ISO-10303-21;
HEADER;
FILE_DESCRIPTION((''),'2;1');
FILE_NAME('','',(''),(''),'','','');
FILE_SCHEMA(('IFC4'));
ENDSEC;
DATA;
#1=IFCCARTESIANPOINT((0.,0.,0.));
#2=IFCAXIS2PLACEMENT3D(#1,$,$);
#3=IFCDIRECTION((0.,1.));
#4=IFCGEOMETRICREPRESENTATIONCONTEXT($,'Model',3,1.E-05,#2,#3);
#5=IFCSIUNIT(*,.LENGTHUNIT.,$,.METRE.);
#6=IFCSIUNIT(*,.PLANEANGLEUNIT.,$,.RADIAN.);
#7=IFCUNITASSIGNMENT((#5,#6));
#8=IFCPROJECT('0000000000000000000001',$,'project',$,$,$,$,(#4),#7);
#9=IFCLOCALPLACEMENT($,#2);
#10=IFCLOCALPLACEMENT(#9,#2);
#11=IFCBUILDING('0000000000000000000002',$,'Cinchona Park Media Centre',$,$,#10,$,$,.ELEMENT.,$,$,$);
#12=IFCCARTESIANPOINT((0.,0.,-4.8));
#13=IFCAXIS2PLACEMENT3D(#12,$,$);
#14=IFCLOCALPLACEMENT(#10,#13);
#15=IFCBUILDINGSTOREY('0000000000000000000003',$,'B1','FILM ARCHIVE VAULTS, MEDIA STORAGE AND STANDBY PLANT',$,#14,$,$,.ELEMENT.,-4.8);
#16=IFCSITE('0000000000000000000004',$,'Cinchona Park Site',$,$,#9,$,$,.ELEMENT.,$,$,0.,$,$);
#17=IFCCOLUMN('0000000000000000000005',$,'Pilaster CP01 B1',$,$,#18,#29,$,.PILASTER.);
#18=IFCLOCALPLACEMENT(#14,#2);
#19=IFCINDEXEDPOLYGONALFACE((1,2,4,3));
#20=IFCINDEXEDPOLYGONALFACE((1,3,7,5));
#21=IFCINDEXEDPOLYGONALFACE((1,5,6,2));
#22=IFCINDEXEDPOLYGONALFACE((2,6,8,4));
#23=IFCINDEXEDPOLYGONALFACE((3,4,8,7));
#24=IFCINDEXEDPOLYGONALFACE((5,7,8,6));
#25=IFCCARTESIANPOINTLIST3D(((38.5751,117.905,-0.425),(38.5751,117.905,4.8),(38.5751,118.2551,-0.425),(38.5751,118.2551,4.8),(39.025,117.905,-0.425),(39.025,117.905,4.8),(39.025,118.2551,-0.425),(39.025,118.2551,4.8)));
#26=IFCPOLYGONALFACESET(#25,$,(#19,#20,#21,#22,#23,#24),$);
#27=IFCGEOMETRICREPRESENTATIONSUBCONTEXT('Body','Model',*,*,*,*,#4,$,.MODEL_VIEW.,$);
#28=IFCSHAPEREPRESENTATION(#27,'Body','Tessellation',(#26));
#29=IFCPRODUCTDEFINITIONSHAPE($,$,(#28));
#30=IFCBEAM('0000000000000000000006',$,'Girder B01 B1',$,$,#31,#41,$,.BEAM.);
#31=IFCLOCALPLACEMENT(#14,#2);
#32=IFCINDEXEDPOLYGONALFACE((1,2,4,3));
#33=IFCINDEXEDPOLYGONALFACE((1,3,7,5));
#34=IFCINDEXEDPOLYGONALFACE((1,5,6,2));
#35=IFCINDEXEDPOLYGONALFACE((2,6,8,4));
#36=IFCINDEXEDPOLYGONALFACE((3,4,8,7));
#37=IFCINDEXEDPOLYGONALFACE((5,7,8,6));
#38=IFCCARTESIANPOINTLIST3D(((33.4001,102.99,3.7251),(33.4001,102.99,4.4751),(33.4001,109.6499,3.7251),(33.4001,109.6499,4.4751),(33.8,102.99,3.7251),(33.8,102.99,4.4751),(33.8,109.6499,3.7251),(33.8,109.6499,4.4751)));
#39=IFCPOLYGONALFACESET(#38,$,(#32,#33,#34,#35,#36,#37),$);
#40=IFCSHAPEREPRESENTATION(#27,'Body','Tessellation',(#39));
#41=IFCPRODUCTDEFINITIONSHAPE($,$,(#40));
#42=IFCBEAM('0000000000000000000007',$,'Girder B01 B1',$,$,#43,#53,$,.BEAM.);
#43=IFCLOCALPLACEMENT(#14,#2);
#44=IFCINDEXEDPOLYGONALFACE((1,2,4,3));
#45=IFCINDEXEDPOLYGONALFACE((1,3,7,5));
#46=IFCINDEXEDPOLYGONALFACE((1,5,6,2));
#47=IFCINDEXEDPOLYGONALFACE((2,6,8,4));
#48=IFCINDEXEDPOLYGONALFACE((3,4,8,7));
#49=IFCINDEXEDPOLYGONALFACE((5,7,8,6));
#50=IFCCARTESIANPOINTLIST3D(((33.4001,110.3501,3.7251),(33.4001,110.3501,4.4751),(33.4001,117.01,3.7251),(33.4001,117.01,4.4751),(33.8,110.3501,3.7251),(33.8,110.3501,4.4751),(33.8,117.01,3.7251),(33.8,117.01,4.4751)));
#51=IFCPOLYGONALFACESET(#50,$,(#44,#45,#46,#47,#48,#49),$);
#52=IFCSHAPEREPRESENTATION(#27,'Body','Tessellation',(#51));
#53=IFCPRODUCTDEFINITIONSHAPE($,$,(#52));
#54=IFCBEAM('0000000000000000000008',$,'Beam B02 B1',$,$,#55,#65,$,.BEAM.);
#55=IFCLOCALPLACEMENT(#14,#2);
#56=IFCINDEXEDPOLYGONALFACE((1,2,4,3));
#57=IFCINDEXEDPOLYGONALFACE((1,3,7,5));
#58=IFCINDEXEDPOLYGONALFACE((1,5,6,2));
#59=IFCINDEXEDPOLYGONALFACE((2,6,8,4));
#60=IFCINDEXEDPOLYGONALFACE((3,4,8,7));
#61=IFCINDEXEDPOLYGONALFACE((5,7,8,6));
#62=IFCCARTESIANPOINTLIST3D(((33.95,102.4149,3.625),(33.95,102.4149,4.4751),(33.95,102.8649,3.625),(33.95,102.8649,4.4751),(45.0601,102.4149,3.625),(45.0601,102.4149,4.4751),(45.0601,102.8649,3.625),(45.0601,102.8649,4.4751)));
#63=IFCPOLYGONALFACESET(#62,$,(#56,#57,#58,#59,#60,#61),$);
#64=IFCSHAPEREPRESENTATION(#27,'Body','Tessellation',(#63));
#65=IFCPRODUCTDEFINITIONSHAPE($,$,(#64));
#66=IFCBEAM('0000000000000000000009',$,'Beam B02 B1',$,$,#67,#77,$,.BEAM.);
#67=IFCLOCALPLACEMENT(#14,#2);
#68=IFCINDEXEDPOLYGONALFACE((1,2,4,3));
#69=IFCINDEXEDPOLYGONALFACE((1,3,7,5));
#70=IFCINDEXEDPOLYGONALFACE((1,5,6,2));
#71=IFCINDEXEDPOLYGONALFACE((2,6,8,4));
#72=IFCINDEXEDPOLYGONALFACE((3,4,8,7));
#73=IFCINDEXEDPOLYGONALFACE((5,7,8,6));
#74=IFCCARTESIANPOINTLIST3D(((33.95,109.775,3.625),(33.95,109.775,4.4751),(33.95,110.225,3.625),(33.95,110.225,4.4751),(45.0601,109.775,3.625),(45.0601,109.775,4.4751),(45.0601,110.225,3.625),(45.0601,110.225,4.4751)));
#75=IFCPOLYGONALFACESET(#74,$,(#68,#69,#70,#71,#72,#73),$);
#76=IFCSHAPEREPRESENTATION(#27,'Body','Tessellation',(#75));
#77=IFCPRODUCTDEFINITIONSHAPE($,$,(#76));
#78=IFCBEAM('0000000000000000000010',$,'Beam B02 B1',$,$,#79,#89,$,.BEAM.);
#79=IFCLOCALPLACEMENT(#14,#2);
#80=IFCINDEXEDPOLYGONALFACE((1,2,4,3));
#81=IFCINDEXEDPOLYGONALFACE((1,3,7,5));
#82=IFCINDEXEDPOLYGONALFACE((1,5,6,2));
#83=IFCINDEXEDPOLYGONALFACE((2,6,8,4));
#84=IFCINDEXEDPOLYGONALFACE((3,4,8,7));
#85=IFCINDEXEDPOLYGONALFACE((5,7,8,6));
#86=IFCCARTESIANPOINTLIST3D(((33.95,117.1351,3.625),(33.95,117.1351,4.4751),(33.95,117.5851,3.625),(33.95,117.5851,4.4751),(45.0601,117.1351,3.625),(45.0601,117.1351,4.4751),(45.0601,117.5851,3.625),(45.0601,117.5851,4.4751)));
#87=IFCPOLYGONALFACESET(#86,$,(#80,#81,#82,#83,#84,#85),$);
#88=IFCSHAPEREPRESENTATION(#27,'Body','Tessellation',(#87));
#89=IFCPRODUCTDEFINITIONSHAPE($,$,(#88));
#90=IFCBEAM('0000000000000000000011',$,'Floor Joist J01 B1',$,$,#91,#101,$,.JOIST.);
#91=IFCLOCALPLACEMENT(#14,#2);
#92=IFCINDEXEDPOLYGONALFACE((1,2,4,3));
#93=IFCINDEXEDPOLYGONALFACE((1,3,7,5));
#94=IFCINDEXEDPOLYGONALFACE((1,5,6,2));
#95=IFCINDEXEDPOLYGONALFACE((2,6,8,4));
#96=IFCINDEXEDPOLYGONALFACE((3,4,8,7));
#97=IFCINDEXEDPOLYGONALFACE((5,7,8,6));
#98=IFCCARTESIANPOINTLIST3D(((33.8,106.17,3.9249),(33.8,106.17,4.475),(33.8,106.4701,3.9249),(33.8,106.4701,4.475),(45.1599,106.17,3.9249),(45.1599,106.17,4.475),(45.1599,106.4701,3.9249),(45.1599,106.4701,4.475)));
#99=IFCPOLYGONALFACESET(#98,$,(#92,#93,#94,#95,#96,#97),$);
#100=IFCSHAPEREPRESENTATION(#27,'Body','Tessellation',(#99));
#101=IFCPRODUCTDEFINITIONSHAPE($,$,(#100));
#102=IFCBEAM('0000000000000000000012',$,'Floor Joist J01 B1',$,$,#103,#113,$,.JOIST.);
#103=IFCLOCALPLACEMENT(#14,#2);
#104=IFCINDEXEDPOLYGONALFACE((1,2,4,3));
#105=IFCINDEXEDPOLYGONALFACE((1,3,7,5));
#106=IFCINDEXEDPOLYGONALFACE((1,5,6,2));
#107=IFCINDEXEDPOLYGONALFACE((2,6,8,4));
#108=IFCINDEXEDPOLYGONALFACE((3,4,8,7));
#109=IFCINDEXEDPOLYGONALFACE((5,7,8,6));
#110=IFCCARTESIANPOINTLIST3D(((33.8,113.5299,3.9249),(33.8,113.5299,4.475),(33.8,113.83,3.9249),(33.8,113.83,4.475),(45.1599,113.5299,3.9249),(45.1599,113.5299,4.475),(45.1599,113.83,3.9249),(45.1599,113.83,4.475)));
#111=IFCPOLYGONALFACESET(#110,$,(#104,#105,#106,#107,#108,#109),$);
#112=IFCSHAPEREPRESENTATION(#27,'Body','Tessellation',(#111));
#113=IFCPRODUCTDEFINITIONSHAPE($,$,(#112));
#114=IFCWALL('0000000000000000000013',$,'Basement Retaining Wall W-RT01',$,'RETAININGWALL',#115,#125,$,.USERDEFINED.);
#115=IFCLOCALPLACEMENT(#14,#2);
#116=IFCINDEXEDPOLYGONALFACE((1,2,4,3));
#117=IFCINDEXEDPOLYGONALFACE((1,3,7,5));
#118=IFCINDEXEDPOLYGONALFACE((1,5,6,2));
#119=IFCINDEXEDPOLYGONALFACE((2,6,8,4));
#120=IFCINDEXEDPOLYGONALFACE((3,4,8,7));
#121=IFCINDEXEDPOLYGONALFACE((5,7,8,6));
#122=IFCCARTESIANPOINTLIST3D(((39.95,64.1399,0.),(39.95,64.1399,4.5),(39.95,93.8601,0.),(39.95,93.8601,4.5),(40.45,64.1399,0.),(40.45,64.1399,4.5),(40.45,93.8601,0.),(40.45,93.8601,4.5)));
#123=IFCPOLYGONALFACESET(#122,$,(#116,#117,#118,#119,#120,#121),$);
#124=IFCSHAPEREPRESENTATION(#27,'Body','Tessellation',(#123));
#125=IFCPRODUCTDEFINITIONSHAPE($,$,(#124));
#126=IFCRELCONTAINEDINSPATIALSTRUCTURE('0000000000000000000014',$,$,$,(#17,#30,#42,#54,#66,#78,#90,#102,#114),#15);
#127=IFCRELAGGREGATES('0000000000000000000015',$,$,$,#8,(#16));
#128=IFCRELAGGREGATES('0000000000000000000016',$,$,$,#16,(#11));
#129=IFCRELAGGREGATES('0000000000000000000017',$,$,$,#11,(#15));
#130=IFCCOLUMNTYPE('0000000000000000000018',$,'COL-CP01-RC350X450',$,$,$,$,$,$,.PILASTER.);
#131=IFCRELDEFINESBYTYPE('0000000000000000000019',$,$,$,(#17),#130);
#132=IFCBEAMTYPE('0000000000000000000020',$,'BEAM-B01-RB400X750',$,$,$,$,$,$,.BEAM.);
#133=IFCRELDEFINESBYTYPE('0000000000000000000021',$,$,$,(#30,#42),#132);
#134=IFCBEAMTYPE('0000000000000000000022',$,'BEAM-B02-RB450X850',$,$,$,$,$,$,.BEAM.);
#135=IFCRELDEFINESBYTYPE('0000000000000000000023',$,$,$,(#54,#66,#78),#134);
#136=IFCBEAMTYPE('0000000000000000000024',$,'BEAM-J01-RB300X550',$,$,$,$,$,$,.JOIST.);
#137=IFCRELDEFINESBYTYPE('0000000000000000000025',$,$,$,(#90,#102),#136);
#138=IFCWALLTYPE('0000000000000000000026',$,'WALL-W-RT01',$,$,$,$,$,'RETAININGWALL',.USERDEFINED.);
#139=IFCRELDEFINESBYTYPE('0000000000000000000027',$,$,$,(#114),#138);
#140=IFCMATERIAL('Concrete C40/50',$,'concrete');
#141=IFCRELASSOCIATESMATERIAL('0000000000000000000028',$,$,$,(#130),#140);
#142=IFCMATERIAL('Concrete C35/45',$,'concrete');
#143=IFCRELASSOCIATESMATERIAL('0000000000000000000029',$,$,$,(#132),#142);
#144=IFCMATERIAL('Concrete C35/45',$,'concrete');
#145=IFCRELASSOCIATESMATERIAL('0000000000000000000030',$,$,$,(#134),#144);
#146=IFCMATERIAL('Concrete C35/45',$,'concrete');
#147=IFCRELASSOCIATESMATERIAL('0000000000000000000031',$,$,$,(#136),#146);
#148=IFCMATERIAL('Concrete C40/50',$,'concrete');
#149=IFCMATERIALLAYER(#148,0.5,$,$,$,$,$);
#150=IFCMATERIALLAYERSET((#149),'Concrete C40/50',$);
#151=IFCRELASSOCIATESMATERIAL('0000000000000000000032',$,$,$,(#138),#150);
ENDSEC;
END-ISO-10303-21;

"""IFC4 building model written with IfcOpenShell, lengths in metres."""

from ifc_helpers import new_model, si_unit, direction, frame, frame_2d, origin, origin_2d, place, context, subcontext, project, spatial, rectangle, extrude, material, layer, layer_set, material_profile, profile_set, type_object, element, save


model = new_model("IFC4")

# Units and contexts
model_context = context("Model", 3, precision=1e-05, world=origin(), true_north=direction((0.0, 1.0)))
body_context = subcontext(model_context, "Body", "Model", "MODEL_VIEW")
ifc_project = project(units=[si_unit("LENGTHUNIT", "METRE"), si_unit("PLANEANGLEUNIT", "RADIAN")], contexts=[model_context])

# Site, building, storey
site_placement = place(None, origin())
site = spatial("IfcSite", under=ifc_project, at=site_placement, Name="Cinchona Park Site", CompositionType="ELEMENT", RefElevation=0.0)
building_placement = place(site_placement, origin())
building = spatial("IfcBuilding", under=site, at=building_placement, Name="Cinchona Park Media Centre", CompositionType="ELEMENT")
storey_placement = place(building_placement, frame((0.0, 0.0, -4.8)))
storey = spatial("IfcBuildingStorey", under=building, at=storey_placement, Name="B1", Description="FILM ARCHIVE VAULTS, MEDIA STORAGE AND STANDBY PLANT", CompositionType="ELEMENT", Elevation=-4.8)

# Column
ifc_material_1 = material(Name="Concrete C40/50", Category="concrete")
ifc_material_profile_1 = material_profile(ifc_material_1, rectangle(XDim=0.3501, YDim=0.45, at=origin_2d()), Name="RC 350X450")
ifc_profile_set_1 = profile_set([ifc_material_profile_1], Name="Concrete C40/50")
column_type_1 = type_object("IfcColumnType", Name="COL-CP01-RC350X450", PredefinedType="PILASTER", material=ifc_profile_set_1)
for number, where, z_axis, x_axis, name in (
    (1, (38.8, 118.0801, -0.425), (0.0, 0.0, 1.0), (0.0, 1.0, 0.0), "Pilaster CP01 B1"),
):
    element("IfcColumn", number, at=place(storey_placement, frame(where, z_axis=z_axis, x_axis=x_axis)), inside=storey, type_object=column_type_1, Name=name, PredefinedType="PILASTER", context=body_context, shape_type="SweptSolid", body=[
        extrude(rectangle(XDim=0.3501, YDim=0.45, at=origin_2d()), origin(), (0.0, 0.0, 1.0), 5.2251),
    ])

# Beams
ifc_material_2 = material(Name="Concrete C35/45", Category="concrete")
ifc_material_profile_2 = material_profile(ifc_material_2, rectangle(XDim=0.3999, YDim=0.75, at=origin_2d()), Name="RB 400X750")
ifc_profile_set_2 = profile_set([ifc_material_profile_2], Name="Concrete C35/45")
beam_type_1 = type_object("IfcBeamType", Name="BEAM-B01-RB400X750", PredefinedType="BEAM", material=ifc_profile_set_2)
for number, where, z_axis, x_axis, name in (
    (2, (33.6001, 102.99, 4.1001), (0.0, 1.0, 0.0), (-1.0, 0.0, 0.0), "Girder B01 B1"),
    (3, (33.6001, 110.3501, 4.1001), (0.0, 1.0, 0.0), (-1.0, 0.0, 0.0), "Girder B01 B1"),
):
    element("IfcBeam", number, at=place(storey_placement, frame(where, z_axis=z_axis, x_axis=x_axis)), inside=storey, type_object=beam_type_1, Name=name, PredefinedType="BEAM", context=body_context, shape_type="SweptSolid", body=[
        extrude(rectangle(XDim=0.3999, YDim=0.75, at=origin_2d()), origin(), (0.0, 0.0, 1.0), 6.6599),
    ])
ifc_material_3 = material(Name="Concrete C35/45", Category="concrete")
ifc_material_profile_3 = material_profile(ifc_material_3, rectangle(XDim=0.45, YDim=0.8501, at=origin_2d()), Name="RB 450X850")
ifc_profile_set_3 = profile_set([ifc_material_profile_3], Name="Concrete C35/45")
beam_type_2 = type_object("IfcBeamType", Name="BEAM-B02-RB450X850", PredefinedType="BEAM", material=ifc_profile_set_3)
for number, where, z_axis, x_axis, name in (
    (4, (33.95, 102.6399, 4.05), (1.0, 0.0, 0.0), (0.0, 1.0, 0.0), "Beam B02 B1"),
    (5, (33.95, 110.0, 4.05), (1.0, 0.0, 0.0), (0.0, 1.0, 0.0), "Beam B02 B1"),
    (6, (33.95, 117.3601, 4.05), (1.0, 0.0, 0.0), (0.0, 1.0, 0.0), "Beam B02 B1"),
):
    element("IfcBeam", number, at=place(storey_placement, frame(where, z_axis=z_axis, x_axis=x_axis)), inside=storey, type_object=beam_type_2, Name=name, PredefinedType="BEAM", context=body_context, shape_type="SweptSolid", body=[
        extrude(rectangle(XDim=0.45, YDim=0.8501, at=origin_2d()), origin(), (0.0, 0.0, 1.0), 11.1101),
    ])
ifc_material_4 = material(Name="Concrete C35/45", Category="concrete")
ifc_material_profile_4 = material_profile(ifc_material_4, rectangle(XDim=0.3, YDim=0.55, at=origin_2d()), Name="RB 300X550")
ifc_profile_set_4 = profile_set([ifc_material_profile_4], Name="Concrete C35/45")
beam_type_3 = type_object("IfcBeamType", Name="BEAM-J01-RB300X550", PredefinedType="JOIST", material=ifc_profile_set_4)
for number, where, z_axis, x_axis, name in (
    (7, (33.8, 106.3201, 4.2), (1.0, 0.0, 0.0), (0.0, 1.0, 0.0), "Floor Joist J01 B1"),
    (8, (33.8, 113.6799, 4.2), (1.0, 0.0, 0.0), (0.0, 1.0, 0.0), "Floor Joist J01 B1"),
):
    element("IfcBeam", number, at=place(storey_placement, frame(where, z_axis=z_axis, x_axis=x_axis)), inside=storey, type_object=beam_type_3, Name=name, PredefinedType="JOIST", context=body_context, shape_type="SweptSolid", body=[
        extrude(rectangle(XDim=0.3, YDim=0.55, at=origin_2d()), origin(), (0.0, 0.0, 1.0), 11.3599),
    ])

# Wall
ifc_material_5 = material(Name="Concrete C40/50", Category="concrete")
ifc_layer_1 = layer(ifc_material_5, 0.5)
ifc_layer_set_1 = layer_set([ifc_layer_1], Name="Concrete C40/50")
wall_type = type_object("IfcWallType", Name="WALL-W-RT01", ElementType="RETAININGWALL", PredefinedType="USERDEFINED", material=ifc_layer_set_1)
wall_placement = place(storey_placement, frame((40.2, 93.8601, 0.0), z_axis=(0.0, 0.0, 1.0), x_axis=(0.0, -1.0, 0.0)))
element("IfcWall", 9, at=wall_placement, inside=storey, type_object=wall_type, Name="Basement Retaining Wall W-RT01", ObjectType="RETAININGWALL", PredefinedType="USERDEFINED", context=body_context, shape_type="SweptSolid", body=[
    extrude(rectangle(XDim=29.7202, YDim=0.5, at=frame_2d((14.8601, 0.0))), origin(), (0.0, 0.0, 1.0), 4.5),
])

save(model, "model.ifc")
